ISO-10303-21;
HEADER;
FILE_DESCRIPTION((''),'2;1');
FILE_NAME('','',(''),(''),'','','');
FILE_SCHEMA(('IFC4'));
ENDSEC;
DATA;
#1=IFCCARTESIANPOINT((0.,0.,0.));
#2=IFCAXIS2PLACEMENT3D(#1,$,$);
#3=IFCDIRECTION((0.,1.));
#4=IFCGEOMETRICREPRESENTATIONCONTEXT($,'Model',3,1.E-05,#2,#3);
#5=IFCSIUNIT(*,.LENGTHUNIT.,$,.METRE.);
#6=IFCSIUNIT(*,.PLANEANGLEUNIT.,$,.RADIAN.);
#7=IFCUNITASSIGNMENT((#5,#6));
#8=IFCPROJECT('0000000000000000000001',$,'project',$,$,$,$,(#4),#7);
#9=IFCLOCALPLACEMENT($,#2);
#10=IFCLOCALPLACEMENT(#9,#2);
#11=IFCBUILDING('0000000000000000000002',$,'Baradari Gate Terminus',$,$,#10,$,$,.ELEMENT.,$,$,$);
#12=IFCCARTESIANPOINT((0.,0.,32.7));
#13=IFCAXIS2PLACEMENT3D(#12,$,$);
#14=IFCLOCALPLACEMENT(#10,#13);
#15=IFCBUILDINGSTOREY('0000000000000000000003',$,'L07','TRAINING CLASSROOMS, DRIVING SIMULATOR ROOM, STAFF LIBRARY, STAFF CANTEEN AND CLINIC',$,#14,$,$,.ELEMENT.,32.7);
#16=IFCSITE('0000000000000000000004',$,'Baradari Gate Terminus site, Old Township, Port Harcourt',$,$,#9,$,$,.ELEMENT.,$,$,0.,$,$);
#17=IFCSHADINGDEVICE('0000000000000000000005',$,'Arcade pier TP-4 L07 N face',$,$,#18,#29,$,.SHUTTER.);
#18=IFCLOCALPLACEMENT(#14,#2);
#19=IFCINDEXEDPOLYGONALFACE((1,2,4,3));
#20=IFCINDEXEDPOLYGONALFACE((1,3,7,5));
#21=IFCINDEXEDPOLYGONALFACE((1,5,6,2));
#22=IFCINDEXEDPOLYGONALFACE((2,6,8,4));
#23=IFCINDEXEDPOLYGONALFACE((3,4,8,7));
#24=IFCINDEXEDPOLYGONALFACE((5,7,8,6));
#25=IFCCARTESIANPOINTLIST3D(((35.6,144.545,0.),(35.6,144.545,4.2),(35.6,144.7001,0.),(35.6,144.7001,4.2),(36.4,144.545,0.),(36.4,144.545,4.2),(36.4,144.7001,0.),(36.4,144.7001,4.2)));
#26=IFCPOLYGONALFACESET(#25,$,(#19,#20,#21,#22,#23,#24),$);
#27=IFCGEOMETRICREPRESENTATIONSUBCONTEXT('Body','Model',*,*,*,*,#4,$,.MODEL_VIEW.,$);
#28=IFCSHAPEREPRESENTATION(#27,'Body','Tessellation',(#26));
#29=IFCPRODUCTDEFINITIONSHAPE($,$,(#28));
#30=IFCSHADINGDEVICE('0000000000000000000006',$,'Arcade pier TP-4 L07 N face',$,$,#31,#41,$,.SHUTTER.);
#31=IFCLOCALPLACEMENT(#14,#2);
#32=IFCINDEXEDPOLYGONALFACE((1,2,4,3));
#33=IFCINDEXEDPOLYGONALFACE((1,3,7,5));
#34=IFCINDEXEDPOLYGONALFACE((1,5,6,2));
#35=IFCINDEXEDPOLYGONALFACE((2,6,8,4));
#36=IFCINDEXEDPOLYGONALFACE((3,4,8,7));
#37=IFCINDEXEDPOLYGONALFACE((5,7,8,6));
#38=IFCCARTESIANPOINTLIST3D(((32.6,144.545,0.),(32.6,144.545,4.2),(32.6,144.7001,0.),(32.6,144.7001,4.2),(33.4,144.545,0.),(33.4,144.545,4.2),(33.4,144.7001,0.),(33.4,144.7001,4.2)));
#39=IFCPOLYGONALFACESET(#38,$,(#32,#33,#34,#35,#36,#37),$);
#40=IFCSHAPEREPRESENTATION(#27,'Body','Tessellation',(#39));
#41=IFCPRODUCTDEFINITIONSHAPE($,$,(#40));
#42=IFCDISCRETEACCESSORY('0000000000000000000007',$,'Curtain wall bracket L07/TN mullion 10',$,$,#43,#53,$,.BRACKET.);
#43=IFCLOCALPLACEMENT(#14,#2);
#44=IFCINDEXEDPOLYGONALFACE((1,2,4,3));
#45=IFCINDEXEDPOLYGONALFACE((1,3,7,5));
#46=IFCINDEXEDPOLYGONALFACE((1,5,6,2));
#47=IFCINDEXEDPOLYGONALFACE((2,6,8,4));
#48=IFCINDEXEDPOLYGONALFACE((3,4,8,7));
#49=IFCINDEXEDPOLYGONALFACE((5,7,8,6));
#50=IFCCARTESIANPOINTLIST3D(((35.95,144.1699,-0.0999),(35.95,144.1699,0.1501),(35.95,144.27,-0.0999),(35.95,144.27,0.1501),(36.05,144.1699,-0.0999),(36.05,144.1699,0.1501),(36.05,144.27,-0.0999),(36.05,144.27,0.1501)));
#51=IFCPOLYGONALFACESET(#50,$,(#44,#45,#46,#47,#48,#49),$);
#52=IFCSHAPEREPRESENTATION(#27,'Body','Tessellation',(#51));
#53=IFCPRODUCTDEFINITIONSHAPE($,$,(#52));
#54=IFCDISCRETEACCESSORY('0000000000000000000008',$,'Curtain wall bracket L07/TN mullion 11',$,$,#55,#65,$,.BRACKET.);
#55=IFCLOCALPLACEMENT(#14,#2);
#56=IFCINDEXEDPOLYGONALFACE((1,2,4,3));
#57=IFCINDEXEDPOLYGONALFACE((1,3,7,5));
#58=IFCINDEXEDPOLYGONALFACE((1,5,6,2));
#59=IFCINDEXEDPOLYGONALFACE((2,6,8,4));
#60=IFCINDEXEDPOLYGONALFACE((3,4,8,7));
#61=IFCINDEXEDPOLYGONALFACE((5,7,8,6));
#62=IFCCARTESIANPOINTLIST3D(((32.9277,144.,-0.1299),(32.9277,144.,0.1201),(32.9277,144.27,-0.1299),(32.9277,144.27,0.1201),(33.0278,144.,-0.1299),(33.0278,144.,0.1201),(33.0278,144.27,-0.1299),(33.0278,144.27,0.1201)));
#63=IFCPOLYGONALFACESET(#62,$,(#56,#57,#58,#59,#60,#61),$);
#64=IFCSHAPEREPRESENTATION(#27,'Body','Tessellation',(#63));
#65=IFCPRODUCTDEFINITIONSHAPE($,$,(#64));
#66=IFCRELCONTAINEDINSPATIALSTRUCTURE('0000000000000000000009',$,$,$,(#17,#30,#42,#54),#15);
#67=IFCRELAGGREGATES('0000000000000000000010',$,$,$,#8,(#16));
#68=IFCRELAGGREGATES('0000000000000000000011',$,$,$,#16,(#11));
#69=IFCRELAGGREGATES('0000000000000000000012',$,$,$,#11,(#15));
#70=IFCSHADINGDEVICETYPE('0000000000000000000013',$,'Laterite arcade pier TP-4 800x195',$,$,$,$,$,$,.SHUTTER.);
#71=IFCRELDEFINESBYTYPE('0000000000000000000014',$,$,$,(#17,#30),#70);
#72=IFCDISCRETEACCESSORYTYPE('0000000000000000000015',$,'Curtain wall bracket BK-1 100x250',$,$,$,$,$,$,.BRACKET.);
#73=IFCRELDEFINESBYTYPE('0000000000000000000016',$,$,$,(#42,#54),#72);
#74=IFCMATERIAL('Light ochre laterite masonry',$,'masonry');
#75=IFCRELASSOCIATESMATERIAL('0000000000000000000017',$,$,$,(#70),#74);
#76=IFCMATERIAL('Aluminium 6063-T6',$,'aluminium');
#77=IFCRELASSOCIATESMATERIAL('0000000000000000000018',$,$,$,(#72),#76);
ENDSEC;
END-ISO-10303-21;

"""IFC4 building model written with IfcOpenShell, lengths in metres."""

from ifc_helpers import new_model, si_unit, direction, frame, origin, origin_2d, place, context, subcontext, project, spatial, rectangle, extrude, material, type_object, element, save


model = new_model("IFC4")

# Units and contexts
model_context = context("Model", 3, precision=1e-05, world=origin(), true_north=direction((0.0, 1.0)))
body_context = subcontext(model_context, "Body", "Model", "MODEL_VIEW")
ifc_project = project(units=[si_unit("LENGTHUNIT", "METRE"), si_unit("PLANEANGLEUNIT", "RADIAN")], contexts=[model_context])

# Site, building, storey
site_placement = place(None, origin())
site = spatial("IfcSite", under=ifc_project, at=site_placement, Name="Baradari Gate Terminus site, Old Township, Port Harcourt", CompositionType="ELEMENT", RefElevation=0.0)
building_placement = place(site_placement, origin())
building = spatial("IfcBuilding", under=site, at=building_placement, Name="Baradari Gate Terminus", CompositionType="ELEMENT")
storey_placement = place(building_placement, frame((0.0, 0.0, 32.7)))
storey = spatial("IfcBuildingStorey", under=building, at=storey_placement, Name="L07", Description="TRAINING CLASSROOMS, DRIVING SIMULATOR ROOM, STAFF LIBRARY, STAFF CANTEEN AND CLINIC", CompositionType="ELEMENT", Elevation=32.7)

# Shading devices
ifc_material_1 = material(Name="Light ochre laterite masonry", Category="masonry")
shading_device_type = type_object("IfcShadingDeviceType", Name="Laterite arcade pier TP-4 800x195", PredefinedType="SHUTTER", material=ifc_material_1)
for number, where, z_axis, x_axis, name in (
    (1, (36.0, 144.6226, 0.0), (0.0, 0.0, 1.0), (-1.0, 0.0, 0.0), "Arcade pier TP-4 L07 N face"),
    (2, (33.0, 144.6226, 0.0), (0.0, 0.0, 1.0), (-1.0, 0.0, 0.0), "Arcade pier TP-4 L07 N face"),
):
    element("IfcShadingDevice", number, at=place(storey_placement, frame(where, z_axis=z_axis, x_axis=x_axis)), inside=storey, type_object=shading_device_type, Name=name, PredefinedType="SHUTTER", context=body_context, shape_type="SweptSolid", body=[
        extrude(rectangle(XDim=0.8, YDim=0.155, at=origin_2d()), origin(), (0.0, 0.0, 1.0), 4.2),
    ])

# Discrete accessories
ifc_material_2 = material(Name="Aluminium 6063-T6", Category="aluminium")
discrete_accessory_type = type_object("IfcDiscreteAccessoryType", Name="Curtain wall bracket BK-1 100x250", PredefinedType="BRACKET", material=ifc_material_2)
discrete_accessory_1_placement = place(storey_placement, frame((36.0, 144.22, -0.0999), z_axis=(0.0, 0.0, 1.0), x_axis=(0.0, 1.0, 0.0)))
element("IfcDiscreteAccessory", 3, at=discrete_accessory_1_placement, inside=storey, type_object=discrete_accessory_type, Name="Curtain wall bracket L07/TN mullion 10", PredefinedType="BRACKET", context=body_context, shape_type="SweptSolid", body=[
    extrude(rectangle(XDim=0.1001, YDim=0.1001, at=origin_2d()), origin(), (0.0, 0.0, 1.0), 0.25),
])
discrete_accessory_2_placement = place(storey_placement, frame((32.9778, 144.135, -0.1299), z_axis=(0.0, 0.0, 1.0), x_axis=(0.0, 1.0, 0.0)))
element("IfcDiscreteAccessory", 4, at=discrete_accessory_2_placement, inside=storey, type_object=discrete_accessory_type, Name="Curtain wall bracket L07/TN mullion 11", PredefinedType="BRACKET", context=body_context, shape_type="SweptSolid", body=[
    extrude(rectangle(XDim=0.27, YDim=0.1001, at=origin_2d()), origin(), (0.0, 0.0, 1.0), 0.25),
])

save(model, "model.ifc")
